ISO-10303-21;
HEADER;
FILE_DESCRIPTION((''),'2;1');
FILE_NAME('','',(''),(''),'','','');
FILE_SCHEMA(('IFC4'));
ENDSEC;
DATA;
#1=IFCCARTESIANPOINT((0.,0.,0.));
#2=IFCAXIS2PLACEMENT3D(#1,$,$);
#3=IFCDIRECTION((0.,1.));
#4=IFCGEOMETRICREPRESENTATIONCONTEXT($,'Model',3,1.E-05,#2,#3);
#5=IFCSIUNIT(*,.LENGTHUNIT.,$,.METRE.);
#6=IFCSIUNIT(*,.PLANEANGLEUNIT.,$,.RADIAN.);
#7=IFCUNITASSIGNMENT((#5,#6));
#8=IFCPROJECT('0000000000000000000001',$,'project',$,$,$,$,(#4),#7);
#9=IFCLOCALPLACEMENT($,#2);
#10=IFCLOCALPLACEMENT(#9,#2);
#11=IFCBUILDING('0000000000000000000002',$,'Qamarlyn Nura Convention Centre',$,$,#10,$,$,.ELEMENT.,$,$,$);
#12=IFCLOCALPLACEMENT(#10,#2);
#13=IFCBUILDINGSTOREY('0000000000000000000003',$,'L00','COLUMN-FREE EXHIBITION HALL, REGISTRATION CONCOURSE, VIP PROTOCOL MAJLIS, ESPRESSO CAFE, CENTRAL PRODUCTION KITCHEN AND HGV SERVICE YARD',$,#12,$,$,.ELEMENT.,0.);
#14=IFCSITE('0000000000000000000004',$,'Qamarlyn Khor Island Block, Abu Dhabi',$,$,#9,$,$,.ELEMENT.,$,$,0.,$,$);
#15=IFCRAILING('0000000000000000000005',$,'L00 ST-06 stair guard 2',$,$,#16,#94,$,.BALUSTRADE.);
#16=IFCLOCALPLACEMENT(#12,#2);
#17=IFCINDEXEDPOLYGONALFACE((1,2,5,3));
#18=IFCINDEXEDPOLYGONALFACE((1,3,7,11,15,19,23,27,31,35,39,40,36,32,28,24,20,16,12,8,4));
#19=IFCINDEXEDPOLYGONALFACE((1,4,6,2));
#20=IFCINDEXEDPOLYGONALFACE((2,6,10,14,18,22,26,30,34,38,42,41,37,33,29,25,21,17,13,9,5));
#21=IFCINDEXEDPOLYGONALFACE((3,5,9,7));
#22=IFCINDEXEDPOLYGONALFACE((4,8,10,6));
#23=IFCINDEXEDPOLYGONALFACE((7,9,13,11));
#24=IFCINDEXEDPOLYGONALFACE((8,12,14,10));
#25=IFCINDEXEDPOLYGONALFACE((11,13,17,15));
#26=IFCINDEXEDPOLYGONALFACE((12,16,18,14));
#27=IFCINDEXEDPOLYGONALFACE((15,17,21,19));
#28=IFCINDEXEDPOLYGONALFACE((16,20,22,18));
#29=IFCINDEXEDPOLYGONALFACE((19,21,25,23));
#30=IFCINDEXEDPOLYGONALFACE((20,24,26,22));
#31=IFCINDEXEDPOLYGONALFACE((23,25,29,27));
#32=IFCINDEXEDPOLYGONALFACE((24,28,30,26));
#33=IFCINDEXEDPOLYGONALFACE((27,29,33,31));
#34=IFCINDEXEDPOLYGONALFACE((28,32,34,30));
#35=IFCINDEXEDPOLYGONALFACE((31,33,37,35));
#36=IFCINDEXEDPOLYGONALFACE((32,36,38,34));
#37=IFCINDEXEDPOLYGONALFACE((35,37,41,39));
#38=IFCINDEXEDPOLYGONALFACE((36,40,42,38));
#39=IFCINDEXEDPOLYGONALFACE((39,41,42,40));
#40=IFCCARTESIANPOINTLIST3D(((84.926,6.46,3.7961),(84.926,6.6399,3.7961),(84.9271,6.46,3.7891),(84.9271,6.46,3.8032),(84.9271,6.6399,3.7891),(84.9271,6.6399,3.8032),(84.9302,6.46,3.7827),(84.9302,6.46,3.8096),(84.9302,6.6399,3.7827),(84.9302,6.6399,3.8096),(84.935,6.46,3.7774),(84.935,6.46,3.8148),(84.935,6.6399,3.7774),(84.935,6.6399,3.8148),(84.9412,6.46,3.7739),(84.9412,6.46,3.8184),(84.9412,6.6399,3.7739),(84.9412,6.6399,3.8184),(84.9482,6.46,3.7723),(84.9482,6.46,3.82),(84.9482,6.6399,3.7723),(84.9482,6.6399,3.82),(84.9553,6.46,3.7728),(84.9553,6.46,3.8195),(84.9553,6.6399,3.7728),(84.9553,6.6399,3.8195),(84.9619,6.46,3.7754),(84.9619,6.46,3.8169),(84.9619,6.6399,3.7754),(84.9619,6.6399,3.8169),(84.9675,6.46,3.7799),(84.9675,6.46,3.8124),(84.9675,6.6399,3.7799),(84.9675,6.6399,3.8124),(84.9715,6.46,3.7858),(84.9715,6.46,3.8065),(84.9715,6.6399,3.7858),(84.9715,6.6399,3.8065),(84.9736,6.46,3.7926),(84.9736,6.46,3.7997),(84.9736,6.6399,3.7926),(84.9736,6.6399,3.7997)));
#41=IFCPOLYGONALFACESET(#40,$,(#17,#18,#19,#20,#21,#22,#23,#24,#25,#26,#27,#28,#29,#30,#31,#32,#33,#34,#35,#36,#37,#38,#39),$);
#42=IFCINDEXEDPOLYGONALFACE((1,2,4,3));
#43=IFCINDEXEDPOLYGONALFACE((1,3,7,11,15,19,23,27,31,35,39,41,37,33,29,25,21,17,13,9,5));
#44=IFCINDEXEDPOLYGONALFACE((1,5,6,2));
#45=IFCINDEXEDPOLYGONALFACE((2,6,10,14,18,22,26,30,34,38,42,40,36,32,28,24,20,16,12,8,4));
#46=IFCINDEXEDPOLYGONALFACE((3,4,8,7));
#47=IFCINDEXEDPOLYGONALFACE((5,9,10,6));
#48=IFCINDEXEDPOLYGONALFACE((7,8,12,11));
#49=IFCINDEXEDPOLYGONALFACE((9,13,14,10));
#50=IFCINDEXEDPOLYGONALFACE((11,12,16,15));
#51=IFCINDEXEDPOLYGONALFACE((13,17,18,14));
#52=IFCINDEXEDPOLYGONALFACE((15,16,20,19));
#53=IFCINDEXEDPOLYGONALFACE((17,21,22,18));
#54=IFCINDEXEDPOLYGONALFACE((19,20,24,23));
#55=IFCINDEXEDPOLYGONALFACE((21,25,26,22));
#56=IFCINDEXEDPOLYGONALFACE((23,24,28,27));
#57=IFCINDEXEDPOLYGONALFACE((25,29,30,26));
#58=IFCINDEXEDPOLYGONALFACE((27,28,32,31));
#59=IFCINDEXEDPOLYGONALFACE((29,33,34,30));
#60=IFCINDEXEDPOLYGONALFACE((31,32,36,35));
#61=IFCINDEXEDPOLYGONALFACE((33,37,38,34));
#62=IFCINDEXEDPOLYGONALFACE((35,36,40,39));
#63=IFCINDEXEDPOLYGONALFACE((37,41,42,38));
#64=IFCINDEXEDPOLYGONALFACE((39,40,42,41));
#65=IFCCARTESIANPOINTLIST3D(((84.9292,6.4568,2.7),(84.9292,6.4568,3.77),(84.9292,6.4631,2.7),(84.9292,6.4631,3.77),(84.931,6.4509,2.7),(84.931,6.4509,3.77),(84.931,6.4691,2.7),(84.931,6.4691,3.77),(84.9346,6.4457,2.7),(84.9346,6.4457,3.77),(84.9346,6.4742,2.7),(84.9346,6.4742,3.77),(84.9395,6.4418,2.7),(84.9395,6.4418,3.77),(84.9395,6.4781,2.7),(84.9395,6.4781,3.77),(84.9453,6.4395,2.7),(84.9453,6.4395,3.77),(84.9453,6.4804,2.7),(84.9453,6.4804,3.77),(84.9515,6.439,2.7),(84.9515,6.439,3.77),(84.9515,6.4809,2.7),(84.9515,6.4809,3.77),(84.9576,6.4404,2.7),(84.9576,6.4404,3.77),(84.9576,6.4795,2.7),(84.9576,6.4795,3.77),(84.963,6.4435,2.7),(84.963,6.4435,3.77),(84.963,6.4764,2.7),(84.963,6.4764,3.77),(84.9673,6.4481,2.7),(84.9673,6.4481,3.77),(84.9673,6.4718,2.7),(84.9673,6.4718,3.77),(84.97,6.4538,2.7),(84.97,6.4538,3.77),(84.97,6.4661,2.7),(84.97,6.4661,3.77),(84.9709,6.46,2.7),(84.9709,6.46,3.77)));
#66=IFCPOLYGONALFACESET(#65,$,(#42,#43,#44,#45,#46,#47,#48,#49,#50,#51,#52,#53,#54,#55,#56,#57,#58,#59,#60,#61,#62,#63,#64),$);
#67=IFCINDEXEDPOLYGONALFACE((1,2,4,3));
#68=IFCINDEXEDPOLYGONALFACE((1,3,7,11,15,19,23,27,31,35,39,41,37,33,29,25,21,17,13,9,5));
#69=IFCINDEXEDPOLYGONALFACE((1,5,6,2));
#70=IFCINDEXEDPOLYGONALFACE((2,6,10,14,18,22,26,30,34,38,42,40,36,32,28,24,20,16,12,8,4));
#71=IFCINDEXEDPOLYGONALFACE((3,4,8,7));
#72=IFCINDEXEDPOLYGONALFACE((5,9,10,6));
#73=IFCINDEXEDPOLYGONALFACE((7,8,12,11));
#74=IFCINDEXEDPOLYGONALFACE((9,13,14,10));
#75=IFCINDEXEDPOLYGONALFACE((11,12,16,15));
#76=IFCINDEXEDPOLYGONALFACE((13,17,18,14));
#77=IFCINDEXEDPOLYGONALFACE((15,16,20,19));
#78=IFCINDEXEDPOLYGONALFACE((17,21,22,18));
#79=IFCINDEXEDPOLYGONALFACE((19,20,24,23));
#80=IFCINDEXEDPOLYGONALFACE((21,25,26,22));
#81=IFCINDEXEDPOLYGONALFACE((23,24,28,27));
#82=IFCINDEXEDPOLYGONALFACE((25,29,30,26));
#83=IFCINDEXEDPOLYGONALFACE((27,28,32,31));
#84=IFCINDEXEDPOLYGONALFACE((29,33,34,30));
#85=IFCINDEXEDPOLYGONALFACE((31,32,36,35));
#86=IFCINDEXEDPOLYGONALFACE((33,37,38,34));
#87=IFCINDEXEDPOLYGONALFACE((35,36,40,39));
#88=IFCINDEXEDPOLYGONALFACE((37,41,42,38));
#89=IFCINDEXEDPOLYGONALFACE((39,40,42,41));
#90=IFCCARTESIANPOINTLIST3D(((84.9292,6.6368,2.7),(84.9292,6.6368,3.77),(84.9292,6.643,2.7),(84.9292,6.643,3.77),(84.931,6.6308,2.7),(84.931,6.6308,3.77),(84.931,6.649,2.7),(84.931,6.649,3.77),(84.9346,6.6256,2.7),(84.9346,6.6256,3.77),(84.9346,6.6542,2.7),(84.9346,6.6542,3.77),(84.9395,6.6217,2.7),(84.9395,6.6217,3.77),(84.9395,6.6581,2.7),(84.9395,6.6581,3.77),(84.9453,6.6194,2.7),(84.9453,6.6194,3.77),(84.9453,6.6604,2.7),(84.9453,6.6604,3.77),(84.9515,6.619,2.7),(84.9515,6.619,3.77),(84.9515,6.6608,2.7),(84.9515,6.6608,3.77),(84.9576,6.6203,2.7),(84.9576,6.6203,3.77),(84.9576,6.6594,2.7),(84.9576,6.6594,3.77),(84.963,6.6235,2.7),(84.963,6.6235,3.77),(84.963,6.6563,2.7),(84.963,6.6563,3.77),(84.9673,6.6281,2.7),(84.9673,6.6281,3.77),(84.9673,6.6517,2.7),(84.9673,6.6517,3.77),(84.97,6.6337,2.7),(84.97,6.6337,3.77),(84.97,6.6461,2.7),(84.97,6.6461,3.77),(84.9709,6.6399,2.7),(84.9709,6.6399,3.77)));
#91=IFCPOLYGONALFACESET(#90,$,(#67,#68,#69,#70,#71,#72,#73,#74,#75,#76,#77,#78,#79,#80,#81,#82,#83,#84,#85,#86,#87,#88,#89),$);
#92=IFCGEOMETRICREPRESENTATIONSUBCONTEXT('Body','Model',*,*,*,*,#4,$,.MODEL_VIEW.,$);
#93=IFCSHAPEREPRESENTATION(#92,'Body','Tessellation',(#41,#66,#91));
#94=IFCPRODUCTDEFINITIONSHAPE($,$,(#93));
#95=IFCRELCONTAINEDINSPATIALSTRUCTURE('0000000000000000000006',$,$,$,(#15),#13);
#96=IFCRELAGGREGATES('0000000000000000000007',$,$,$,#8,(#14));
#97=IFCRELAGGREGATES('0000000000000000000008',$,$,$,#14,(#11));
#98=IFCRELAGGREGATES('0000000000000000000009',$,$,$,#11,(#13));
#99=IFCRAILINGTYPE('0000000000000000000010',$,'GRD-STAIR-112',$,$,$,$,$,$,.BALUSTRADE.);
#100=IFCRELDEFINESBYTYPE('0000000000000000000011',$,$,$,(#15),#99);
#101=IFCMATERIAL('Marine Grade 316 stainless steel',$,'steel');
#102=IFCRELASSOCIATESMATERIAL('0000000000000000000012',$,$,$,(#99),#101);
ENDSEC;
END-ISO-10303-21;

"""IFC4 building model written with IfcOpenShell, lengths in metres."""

from ifc_helpers import new_model, si_unit, direction, frame, origin, origin_2d, place, context, subcontext, project, spatial, circle, extrude, material, type_object, element, save


model = new_model("IFC4")

# Units and contexts
model_context = context("Model", 3, precision=1e-05, world=origin(), true_north=direction((0.0, 1.0)))
body_context = subcontext(model_context, "Body", "Model", "MODEL_VIEW")
ifc_project = project(units=[si_unit("LENGTHUNIT", "METRE"), si_unit("PLANEANGLEUNIT", "RADIAN")], contexts=[model_context])

# Site, building, storey
site_placement = place(None, origin())
site = spatial("IfcSite", under=ifc_project, at=site_placement, Name="Qamarlyn Khor Island Block, Abu Dhabi", CompositionType="ELEMENT", RefElevation=0.0)
building_placement = place(site_placement, origin())
building = spatial("IfcBuilding", under=site, at=building_placement, Name="Qamarlyn Nura Convention Centre", CompositionType="ELEMENT")
storey_placement = place(building_placement, origin())
storey = spatial("IfcBuildingStorey", under=building, at=storey_placement, Name="L00", Description="COLUMN-FREE EXHIBITION HALL, REGISTRATION CONCOURSE, VIP PROTOCOL MAJLIS, ESPRESSO CAFE, CENTRAL PRODUCTION KITCHEN AND HGV SERVICE YARD", CompositionType="ELEMENT", Elevation=0.0)

# Railing
ifc_material_1 = material(Name="Marine Grade 316 stainless steel", Category="steel")
railing_type_1 = type_object("IfcRailingType", Name="GRD-STAIR-112", PredefinedType="BALUSTRADE", material=ifc_material_1)
railing_1_placement = place(storey_placement, frame((84.95, 6.46, 2.7)))
element("IfcRailing", 1, at=railing_1_placement, inside=storey, type_object=railing_type_1, Name="L00 ST-06 stair guard 2", PredefinedType="BALUSTRADE", context=body_context, shape_type="SweptSolid", body=[
    extrude(circle(Radius=0.0239, at=origin_2d()), frame((0.0, 0.0, 1.0962), z_axis=(0.0, 1.0, 0.0), x_axis=(-1.0, 0.0, 0.0)), (0.0, 0.0, 1.0), 0.1799),
    extrude(circle(Radius=0.021, at=origin_2d()), origin(), (0.0, 0.0, 1.0), 1.0701),
    extrude(circle(Radius=0.021, at=origin_2d()), frame((0.0, 0.1799, 0.0)), (0.0, 0.0, 1.0), 1.0701),
])

save(model, "model.ifc")
